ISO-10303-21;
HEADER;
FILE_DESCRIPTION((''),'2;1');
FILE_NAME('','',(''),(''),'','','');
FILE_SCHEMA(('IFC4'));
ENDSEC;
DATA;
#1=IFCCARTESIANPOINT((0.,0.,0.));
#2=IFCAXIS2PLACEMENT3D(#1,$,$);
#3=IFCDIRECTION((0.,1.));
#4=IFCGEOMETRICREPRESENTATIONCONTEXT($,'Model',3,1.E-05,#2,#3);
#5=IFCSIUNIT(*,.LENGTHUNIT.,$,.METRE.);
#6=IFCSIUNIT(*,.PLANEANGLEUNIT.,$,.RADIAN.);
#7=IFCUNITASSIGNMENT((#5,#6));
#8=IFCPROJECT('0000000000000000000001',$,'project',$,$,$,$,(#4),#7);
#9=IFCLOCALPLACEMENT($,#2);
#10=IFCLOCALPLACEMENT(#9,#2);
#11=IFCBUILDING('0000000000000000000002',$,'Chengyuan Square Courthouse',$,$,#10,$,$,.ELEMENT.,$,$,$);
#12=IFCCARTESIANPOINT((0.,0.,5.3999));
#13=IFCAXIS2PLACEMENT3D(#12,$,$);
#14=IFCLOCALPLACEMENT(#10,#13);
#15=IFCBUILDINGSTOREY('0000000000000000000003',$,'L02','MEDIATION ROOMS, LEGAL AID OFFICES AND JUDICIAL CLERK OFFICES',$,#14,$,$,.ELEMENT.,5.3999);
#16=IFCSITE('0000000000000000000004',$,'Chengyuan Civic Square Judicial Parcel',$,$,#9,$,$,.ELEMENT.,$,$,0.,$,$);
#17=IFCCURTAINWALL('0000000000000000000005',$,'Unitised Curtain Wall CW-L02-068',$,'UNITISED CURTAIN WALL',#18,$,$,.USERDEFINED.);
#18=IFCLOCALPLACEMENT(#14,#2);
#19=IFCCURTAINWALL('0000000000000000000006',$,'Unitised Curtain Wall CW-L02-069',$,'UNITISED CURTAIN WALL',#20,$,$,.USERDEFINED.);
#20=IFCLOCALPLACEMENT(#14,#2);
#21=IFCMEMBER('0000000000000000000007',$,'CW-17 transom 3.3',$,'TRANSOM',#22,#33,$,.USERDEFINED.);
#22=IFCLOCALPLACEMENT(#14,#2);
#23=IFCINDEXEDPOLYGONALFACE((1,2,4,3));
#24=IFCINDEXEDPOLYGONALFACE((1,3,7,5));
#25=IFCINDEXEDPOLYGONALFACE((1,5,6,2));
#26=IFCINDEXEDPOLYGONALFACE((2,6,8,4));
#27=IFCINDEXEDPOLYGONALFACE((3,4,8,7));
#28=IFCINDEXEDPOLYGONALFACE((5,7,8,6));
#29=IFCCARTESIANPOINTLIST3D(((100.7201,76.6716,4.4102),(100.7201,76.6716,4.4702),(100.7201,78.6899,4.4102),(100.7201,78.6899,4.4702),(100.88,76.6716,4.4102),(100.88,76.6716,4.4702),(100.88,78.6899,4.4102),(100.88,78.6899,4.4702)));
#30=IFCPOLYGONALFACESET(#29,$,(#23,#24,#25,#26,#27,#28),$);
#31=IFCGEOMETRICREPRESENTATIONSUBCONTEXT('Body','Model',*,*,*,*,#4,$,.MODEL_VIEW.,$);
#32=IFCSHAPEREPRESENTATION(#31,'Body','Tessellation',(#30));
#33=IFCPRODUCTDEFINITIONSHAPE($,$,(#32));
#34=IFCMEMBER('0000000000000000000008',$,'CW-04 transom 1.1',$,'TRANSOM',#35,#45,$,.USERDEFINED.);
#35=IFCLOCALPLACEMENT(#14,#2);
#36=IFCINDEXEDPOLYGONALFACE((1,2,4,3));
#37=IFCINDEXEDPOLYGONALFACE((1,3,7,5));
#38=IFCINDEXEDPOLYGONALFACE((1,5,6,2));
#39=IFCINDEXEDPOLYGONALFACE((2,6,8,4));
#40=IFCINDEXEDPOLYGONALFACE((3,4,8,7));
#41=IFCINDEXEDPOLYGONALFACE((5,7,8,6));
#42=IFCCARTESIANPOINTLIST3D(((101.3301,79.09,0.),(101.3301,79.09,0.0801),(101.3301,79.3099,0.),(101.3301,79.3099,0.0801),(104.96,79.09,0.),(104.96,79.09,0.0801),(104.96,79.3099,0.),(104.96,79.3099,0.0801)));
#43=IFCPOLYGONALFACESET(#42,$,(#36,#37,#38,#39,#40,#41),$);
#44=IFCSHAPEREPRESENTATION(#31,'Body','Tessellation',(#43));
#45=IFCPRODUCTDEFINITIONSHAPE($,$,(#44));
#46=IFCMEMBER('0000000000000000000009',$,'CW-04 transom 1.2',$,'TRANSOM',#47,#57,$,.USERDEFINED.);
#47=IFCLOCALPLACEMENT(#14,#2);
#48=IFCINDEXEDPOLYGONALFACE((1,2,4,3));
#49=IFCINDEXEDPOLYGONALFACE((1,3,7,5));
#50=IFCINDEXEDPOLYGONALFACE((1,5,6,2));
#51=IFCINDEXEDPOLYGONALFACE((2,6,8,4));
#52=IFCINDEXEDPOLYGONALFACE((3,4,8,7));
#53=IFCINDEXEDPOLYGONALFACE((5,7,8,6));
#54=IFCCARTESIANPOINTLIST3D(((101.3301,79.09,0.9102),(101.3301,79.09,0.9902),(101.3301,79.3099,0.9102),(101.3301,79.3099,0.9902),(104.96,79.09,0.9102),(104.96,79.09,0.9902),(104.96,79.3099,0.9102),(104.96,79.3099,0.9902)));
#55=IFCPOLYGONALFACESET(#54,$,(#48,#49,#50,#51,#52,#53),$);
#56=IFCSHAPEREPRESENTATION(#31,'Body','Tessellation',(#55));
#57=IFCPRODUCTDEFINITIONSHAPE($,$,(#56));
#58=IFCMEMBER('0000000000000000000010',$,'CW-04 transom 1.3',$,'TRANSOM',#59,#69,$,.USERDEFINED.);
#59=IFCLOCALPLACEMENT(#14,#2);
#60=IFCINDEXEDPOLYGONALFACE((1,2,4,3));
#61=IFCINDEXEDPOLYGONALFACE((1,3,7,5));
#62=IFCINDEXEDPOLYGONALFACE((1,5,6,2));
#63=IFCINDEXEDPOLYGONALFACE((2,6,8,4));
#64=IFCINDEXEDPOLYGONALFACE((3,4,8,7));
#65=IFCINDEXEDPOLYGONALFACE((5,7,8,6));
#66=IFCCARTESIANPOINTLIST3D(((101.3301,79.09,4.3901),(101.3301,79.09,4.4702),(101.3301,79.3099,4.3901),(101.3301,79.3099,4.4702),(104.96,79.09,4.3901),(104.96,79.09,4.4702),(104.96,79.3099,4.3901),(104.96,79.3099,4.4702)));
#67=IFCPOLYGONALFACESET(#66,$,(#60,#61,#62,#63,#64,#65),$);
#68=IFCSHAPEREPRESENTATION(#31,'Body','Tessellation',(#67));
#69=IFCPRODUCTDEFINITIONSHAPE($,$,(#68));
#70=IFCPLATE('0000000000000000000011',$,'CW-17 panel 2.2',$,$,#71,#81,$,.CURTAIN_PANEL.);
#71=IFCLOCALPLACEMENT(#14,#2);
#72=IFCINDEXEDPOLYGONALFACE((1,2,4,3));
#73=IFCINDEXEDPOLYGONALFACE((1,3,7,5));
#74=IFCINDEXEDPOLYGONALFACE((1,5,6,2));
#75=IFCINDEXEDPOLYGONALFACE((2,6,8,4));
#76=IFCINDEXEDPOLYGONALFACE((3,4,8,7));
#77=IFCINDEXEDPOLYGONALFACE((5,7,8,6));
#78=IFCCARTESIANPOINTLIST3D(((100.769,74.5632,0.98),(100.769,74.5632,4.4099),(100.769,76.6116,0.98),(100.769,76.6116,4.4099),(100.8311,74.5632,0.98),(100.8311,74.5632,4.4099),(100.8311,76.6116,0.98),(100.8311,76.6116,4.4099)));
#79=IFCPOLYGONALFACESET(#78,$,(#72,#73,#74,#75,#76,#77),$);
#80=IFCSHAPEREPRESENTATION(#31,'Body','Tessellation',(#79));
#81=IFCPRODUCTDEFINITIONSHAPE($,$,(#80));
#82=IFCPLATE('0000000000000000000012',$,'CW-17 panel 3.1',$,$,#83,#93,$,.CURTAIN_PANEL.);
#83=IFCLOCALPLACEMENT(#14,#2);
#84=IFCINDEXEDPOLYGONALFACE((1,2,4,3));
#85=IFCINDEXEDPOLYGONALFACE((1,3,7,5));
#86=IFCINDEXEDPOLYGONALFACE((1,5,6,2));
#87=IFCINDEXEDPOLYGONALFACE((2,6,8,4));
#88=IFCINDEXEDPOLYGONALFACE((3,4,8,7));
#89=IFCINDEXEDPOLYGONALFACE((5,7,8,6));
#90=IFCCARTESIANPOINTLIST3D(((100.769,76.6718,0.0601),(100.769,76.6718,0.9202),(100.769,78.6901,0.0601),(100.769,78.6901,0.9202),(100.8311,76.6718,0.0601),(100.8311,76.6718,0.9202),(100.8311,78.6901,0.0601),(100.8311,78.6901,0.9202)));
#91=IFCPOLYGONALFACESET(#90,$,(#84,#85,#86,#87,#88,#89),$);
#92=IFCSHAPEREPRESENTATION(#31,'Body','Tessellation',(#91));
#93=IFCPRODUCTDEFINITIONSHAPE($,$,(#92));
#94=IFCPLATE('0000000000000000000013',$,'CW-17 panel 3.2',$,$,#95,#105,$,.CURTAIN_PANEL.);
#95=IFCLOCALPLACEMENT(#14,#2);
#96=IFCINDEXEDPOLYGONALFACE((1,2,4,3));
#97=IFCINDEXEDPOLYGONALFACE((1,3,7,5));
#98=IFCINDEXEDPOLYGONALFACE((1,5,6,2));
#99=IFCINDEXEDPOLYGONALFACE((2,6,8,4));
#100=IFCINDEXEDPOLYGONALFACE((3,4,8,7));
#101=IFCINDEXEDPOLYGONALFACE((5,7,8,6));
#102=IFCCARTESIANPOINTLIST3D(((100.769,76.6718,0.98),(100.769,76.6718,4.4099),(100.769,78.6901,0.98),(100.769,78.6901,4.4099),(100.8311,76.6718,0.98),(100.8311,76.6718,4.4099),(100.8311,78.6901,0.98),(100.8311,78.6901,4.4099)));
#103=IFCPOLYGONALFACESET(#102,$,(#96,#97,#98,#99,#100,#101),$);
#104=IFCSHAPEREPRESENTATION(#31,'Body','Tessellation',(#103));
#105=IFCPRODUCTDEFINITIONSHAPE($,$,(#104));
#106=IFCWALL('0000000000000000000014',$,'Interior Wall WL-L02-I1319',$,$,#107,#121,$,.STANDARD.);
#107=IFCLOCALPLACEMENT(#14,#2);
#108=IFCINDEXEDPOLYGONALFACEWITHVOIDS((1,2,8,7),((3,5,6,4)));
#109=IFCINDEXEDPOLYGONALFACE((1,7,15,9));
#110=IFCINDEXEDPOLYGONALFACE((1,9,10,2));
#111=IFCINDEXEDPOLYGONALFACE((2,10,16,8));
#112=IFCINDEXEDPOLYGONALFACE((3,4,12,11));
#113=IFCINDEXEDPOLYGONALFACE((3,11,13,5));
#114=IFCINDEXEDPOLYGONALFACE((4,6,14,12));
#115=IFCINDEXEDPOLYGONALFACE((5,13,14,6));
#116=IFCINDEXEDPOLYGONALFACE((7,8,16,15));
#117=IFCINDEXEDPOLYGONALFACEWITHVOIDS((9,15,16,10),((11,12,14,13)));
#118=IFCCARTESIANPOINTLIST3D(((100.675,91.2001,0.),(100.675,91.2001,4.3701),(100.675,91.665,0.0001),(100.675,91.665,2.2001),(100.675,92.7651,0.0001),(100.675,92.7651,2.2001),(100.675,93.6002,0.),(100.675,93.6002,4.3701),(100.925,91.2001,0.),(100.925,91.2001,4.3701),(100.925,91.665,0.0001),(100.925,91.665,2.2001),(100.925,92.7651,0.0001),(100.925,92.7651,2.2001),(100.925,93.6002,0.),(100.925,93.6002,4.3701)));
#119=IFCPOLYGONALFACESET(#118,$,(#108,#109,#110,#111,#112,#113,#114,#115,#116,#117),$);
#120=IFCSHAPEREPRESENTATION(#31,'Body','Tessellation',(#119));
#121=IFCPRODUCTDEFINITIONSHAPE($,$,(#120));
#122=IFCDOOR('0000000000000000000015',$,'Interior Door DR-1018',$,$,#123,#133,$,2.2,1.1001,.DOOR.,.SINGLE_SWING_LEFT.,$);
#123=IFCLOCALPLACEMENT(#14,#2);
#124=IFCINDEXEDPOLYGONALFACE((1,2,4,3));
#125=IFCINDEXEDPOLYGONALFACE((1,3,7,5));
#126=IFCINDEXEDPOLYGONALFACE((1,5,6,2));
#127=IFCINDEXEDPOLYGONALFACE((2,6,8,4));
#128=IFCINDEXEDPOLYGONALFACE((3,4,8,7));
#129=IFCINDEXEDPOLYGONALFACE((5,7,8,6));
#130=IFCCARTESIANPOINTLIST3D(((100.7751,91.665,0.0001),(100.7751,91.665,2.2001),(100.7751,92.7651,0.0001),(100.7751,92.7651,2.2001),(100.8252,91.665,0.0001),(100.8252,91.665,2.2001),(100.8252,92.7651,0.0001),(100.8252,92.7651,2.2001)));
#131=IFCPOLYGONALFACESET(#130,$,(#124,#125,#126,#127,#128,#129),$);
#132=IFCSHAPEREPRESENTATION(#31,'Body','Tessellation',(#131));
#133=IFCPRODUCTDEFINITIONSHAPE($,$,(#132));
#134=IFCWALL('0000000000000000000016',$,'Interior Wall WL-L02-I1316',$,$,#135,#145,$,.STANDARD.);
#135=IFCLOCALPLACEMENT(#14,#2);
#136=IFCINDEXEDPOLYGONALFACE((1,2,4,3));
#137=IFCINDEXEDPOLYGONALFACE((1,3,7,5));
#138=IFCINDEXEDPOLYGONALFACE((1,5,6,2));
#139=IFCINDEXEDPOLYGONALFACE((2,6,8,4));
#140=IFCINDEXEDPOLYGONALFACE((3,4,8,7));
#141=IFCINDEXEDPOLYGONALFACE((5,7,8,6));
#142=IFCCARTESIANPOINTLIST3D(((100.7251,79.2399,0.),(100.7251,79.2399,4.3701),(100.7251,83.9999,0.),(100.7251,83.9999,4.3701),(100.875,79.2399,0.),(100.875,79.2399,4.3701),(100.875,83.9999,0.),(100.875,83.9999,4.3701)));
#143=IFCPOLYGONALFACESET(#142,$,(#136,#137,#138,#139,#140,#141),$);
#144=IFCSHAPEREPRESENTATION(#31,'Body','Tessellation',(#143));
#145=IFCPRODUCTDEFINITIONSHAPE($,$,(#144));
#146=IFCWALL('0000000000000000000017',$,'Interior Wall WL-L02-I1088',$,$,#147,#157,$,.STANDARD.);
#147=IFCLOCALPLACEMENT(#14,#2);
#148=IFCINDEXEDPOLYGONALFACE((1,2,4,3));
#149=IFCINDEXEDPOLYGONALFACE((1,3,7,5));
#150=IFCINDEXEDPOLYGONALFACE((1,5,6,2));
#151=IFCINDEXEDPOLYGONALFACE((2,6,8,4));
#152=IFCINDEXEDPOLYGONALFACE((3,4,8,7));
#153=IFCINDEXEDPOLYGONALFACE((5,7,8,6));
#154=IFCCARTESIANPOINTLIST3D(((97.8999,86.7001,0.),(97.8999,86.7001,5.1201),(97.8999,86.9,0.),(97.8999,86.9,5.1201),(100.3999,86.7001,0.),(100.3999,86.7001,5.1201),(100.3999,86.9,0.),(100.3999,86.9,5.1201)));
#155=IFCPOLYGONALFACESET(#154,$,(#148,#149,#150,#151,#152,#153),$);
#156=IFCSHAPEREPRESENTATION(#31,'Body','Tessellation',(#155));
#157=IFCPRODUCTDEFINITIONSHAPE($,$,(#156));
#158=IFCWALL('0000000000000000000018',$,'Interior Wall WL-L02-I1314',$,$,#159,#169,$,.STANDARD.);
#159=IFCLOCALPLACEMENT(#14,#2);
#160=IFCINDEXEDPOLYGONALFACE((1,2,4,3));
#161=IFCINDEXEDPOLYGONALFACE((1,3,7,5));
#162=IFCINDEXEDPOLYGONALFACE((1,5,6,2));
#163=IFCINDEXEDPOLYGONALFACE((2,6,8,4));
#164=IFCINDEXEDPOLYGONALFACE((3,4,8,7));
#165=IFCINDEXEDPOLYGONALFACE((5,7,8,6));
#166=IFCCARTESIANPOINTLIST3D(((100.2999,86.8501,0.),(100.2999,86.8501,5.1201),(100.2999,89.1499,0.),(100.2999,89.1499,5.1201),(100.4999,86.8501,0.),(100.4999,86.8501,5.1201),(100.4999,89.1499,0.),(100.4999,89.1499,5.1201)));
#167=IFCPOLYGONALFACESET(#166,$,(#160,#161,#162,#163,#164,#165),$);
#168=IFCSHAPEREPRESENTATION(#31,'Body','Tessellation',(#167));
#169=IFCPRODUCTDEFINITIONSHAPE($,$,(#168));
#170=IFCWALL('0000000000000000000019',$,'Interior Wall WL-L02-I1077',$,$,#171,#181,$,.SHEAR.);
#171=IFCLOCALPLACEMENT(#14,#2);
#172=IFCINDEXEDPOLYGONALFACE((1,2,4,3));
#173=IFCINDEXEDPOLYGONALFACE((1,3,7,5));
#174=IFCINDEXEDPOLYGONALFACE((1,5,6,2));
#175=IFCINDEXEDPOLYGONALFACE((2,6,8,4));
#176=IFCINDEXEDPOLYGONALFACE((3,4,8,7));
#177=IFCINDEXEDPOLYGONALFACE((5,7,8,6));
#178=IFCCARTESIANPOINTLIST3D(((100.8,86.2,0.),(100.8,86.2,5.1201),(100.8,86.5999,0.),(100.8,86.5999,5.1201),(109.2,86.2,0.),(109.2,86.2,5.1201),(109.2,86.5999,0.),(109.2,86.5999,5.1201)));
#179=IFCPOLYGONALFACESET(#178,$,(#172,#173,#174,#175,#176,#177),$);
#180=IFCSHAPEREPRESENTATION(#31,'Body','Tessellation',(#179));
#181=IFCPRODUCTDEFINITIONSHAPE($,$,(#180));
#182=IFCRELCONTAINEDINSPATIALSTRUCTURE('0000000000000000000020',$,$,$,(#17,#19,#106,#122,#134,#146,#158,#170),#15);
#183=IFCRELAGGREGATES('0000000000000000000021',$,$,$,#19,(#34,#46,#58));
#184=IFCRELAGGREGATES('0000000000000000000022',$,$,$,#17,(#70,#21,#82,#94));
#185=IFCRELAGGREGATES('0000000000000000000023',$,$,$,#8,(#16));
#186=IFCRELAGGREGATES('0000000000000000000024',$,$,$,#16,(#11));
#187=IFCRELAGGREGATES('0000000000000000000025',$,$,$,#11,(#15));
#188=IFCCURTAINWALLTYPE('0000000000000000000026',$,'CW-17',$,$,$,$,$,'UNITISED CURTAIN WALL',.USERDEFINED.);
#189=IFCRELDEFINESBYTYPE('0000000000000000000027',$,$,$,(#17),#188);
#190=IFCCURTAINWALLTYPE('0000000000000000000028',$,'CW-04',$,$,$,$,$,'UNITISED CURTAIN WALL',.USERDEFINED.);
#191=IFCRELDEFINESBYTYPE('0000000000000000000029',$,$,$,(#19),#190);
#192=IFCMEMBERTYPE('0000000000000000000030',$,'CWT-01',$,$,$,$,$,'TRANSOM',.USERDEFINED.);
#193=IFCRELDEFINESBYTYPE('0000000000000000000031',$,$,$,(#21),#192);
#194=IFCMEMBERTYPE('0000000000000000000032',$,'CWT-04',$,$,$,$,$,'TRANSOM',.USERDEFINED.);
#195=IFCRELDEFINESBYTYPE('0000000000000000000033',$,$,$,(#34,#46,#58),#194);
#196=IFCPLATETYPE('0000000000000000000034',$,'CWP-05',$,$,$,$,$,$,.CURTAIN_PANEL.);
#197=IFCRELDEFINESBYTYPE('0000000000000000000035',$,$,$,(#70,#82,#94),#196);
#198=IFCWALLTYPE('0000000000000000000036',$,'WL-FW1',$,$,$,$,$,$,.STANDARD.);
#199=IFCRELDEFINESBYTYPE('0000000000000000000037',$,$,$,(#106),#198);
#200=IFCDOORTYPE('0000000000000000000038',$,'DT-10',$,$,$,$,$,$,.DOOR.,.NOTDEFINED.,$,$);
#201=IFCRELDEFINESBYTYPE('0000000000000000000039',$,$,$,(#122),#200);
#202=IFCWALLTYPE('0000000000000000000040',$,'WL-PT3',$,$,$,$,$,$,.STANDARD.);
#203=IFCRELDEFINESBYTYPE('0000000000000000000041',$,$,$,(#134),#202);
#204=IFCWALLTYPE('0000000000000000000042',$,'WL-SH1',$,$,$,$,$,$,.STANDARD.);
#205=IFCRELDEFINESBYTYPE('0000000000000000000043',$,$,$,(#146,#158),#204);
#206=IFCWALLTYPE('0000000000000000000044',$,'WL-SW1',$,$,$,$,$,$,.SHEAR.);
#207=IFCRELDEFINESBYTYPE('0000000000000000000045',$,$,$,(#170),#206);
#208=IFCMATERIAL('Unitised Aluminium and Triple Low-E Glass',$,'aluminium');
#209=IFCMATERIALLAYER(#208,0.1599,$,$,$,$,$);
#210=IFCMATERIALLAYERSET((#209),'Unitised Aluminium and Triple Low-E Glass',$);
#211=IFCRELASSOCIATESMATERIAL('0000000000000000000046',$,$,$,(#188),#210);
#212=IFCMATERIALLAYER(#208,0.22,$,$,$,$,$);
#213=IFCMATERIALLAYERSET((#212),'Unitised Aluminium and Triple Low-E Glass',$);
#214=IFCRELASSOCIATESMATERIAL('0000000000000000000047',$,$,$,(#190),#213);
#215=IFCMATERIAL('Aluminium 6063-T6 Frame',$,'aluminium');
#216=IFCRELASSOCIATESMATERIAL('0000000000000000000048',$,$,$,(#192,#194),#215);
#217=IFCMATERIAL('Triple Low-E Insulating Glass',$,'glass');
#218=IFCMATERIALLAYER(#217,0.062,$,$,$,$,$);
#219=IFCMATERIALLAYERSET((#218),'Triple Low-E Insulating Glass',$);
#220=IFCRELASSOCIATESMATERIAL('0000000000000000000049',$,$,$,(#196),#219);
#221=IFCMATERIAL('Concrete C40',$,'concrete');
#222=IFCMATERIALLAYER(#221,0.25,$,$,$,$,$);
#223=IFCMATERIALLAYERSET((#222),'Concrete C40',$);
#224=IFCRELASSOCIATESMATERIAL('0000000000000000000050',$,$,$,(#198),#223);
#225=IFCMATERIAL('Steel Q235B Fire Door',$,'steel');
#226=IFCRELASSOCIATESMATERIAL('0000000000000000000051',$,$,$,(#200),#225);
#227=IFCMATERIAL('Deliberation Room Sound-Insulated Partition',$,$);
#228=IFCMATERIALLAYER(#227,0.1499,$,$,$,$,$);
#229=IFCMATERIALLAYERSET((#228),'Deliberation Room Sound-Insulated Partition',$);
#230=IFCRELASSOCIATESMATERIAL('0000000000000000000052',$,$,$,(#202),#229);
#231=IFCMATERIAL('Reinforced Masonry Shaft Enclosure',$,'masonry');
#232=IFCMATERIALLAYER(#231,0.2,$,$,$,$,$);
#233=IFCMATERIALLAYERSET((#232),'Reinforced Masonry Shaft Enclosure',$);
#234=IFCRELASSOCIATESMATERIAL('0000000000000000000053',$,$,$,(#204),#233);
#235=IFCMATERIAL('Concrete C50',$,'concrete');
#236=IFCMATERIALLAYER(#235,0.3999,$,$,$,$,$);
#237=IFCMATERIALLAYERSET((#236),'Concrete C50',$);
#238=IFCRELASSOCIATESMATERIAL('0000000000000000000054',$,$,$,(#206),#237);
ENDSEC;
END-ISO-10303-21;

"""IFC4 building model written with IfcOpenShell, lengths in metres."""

from ifc_helpers import new_model, si_unit, direction, frame, frame_2d, origin, origin_2d, place, context, subcontext, project, spatial, rectangle, extrude, material, layer, layer_set, material_profile, profile_set, type_object, element, fill, aggregate, save


model = new_model("IFC4")

# Units and contexts
model_context = context("Model", 3, precision=1e-05, world=origin(), true_north=direction((0.0, 1.0)))
body_context = subcontext(model_context, "Body", "Model", "MODEL_VIEW")
ifc_project = project(units=[si_unit("LENGTHUNIT", "METRE"), si_unit("PLANEANGLEUNIT", "RADIAN")], contexts=[model_context])

# Site, building, storey
site_placement = place(None, origin())
site = spatial("IfcSite", under=ifc_project, at=site_placement, Name="Chengyuan Civic Square Judicial Parcel", CompositionType="ELEMENT", RefElevation=0.0)
building_placement = place(site_placement, origin())
building = spatial("IfcBuilding", under=site, at=building_placement, Name="Chengyuan Square Courthouse", CompositionType="ELEMENT")
storey_placement = place(building_placement, frame((0.0, 0.0, 5.3999)))
storey = spatial("IfcBuildingStorey", under=building, at=storey_placement, Name="L02", Description="MEDIATION ROOMS, LEGAL AID OFFICES AND JUDICIAL CLERK OFFICES", CompositionType="ELEMENT", Elevation=5.3999)

# Shared definitions
ifc_material_1 = material(Name="Concrete C50", Category="concrete")

# Shared definitions
ifc_material_2 = material(Name="Concrete C40", Category="concrete")

# Curtain wall
ifc_material_3 = material(Name="Unitised Aluminium and Triple Low-E Glass", Category="aluminium")
ifc_layer_1 = layer(ifc_material_3, 0.1599)
ifc_layer_set_1 = layer_set([ifc_layer_1], Name="Unitised Aluminium and Triple Low-E Glass")
curtain_wall_type_1 = type_object("IfcCurtainWallType", Name="CW-17", ElementType="UNITISED CURTAIN WALL", PredefinedType="USERDEFINED", material=ifc_layer_set_1)
curtain_wall_1_placement = place(storey_placement, origin())
curtain_wall_1 = element("IfcCurtainWall", 1, at=curtain_wall_1_placement, inside=storey, type_object=curtain_wall_type_1, Name="Unitised Curtain Wall CW-L02-068", ObjectType="UNITISED CURTAIN WALL", PredefinedType="USERDEFINED")
ifc_material_4 = material(Name="Aluminium 6063-T6 Frame", Category="aluminium")

# Curtain wall
ifc_layer_2 = layer(ifc_material_3, 0.22)
ifc_layer_set_2 = layer_set([ifc_layer_2], Name="Unitised Aluminium and Triple Low-E Glass")
curtain_wall_type_2 = type_object("IfcCurtainWallType", Name="CW-04", ElementType="UNITISED CURTAIN WALL", PredefinedType="USERDEFINED", material=ifc_layer_set_2)
curtain_wall_2_placement = place(storey_placement, origin())
curtain_wall_2 = element("IfcCurtainWall", 2, at=curtain_wall_2_placement, inside=storey, type_object=curtain_wall_type_2, Name="Unitised Curtain Wall CW-L02-069", ObjectType="UNITISED CURTAIN WALL", PredefinedType="USERDEFINED")

# Members
ifc_material_profile_1 = material_profile(ifc_material_4, rectangle(XDim=0.1599, YDim=0.0601, at=origin_2d()), Name="CW-TRN-60x120")
ifc_profile_set_1 = profile_set([ifc_material_profile_1], Name="Aluminium 6063-T6 Frame")
member_type_1 = type_object("IfcMemberType", Name="CWT-01", ElementType="TRANSOM", PredefinedType="USERDEFINED", material=ifc_profile_set_1)
member_1_placement = place(storey_placement, frame((100.8, 76.6716, 4.4402), z_axis=(0.0, 1.0, 0.0), x_axis=(-1.0, 0.0, 0.0)))
member_1 = element("IfcMember", 3, at=member_1_placement, type_object=member_type_1, Name="CW-17 transom 3.3", ObjectType="TRANSOM", PredefinedType="USERDEFINED", context=body_context, shape_type="SweptSolid", body=[
    extrude(rectangle(XDim=0.1599, YDim=0.0601, at=origin_2d()), origin(), (0.0, 0.0, 1.0), 2.0183),
])
ifc_material_profile_2 = material_profile(ifc_material_4, rectangle(XDim=0.22, YDim=0.0801, at=origin_2d()), Name="CW-TRN-80x180")
ifc_profile_set_2 = profile_set([ifc_material_profile_2], Name="Aluminium 6063-T6 Frame")
member_type_2 = type_object("IfcMemberType", Name="CWT-04", ElementType="TRANSOM", PredefinedType="USERDEFINED", material=ifc_profile_set_2)
member_2_placement = place(storey_placement, frame((101.3301, 79.2, 0.04), z_axis=(1.0, 0.0, 0.0), x_axis=(0.0, 1.0, 0.0)))
member_2 = element("IfcMember", 4, at=member_2_placement, type_object=member_type_2, Name="CW-04 transom 1.1", ObjectType="TRANSOM", PredefinedType="USERDEFINED", context=body_context, shape_type="SweptSolid", body=[
    extrude(rectangle(XDim=0.22, YDim=0.0801, at=origin_2d()), origin(), (0.0, 0.0, 1.0), 3.6299),
])
member_3_placement = place(storey_placement, frame((101.3301, 79.2, 0.9502), z_axis=(1.0, 0.0, 0.0), x_axis=(0.0, 1.0, 0.0)))
member_3 = element("IfcMember", 5, at=member_3_placement, type_object=member_type_2, Name="CW-04 transom 1.2", ObjectType="TRANSOM", PredefinedType="USERDEFINED", context=body_context, shape_type="SweptSolid", body=[
    extrude(rectangle(XDim=0.22, YDim=0.0801, at=origin_2d()), origin(), (0.0, 0.0, 1.0), 3.6299),
])
member_4_placement = place(storey_placement, frame((101.3301, 79.2, 4.4302), z_axis=(1.0, 0.0, 0.0), x_axis=(0.0, 1.0, 0.0)))
member_4 = element("IfcMember", 6, at=member_4_placement, type_object=member_type_2, Name="CW-04 transom 1.3", ObjectType="TRANSOM", PredefinedType="USERDEFINED", context=body_context, shape_type="SweptSolid", body=[
    extrude(rectangle(XDim=0.22, YDim=0.0801, at=origin_2d()), origin(), (0.0, 0.0, 1.0), 3.6299),
])
aggregate(curtain_wall_2, [member_2, member_3, member_4])

# Plates
ifc_material_5 = material(Name="Triple Low-E Insulating Glass", Category="glass")
ifc_layer_3 = layer(ifc_material_5, 0.062)
ifc_layer_set_3 = layer_set([ifc_layer_3], Name="Triple Low-E Insulating Glass")
plate_type = type_object("IfcPlateType", Name="CWP-05", PredefinedType="CURTAIN_PANEL", material=ifc_layer_set_3)
plate_1_placement = place(storey_placement, frame((100.8, 75.5874, 0.98), z_axis=(0.0, 0.0, 1.0), x_axis=(0.0, 1.0, 0.0)))
plate_1 = element("IfcPlate", 7, at=plate_1_placement, type_object=plate_type, Name="CW-17 panel 2.2", PredefinedType="CURTAIN_PANEL", context=body_context, shape_type="SweptSolid", body=[
    extrude(rectangle(XDim=2.0483, YDim=0.062, at=origin_2d()), origin(), (0.0, 0.0, 1.0), 3.4299),
])
plate_2_placement = place(storey_placement, frame((100.8, 77.6809, 0.0601), z_axis=(0.0, 0.0, 1.0), x_axis=(0.0, 1.0, 0.0)))
plate_2 = element("IfcPlate", 8, at=plate_2_placement, type_object=plate_type, Name="CW-17 panel 3.1", PredefinedType="CURTAIN_PANEL", context=body_context, shape_type="SweptSolid", body=[
    extrude(rectangle(XDim=2.0183, YDim=0.062, at=origin_2d()), origin(), (0.0, 0.0, 1.0), 0.8601),
])
plate_3_placement = place(storey_placement, frame((100.8, 77.6809, 0.98), z_axis=(0.0, 0.0, 1.0), x_axis=(0.0, 1.0, 0.0)))
plate_3 = element("IfcPlate", 9, at=plate_3_placement, type_object=plate_type, Name="CW-17 panel 3.2", PredefinedType="CURTAIN_PANEL", context=body_context, shape_type="SweptSolid", body=[
    extrude(rectangle(XDim=2.0183, YDim=0.062, at=origin_2d()), origin(), (0.0, 0.0, 1.0), 3.4299),
])
aggregate(curtain_wall_1, [plate_1, member_1, plate_2, plate_3])

# Wall, opening, door
ifc_layer_4 = layer(ifc_material_2, 0.25)
ifc_layer_set_4 = layer_set([ifc_layer_4], Name="Concrete C40")
wall_type_1 = type_object("IfcWallType", Name="WL-FW1", PredefinedType="STANDARD", material=ifc_layer_set_4)
wall_1_placement = place(storey_placement, frame((100.8, 91.2, 0.0), z_axis=(0.0, 0.0, 1.0), x_axis=(0.0, 1.0, 0.0)))
wall_1 = element("IfcWall", 10, at=wall_1_placement, inside=storey, type_object=wall_type_1, Name="Interior Wall WL-L02-I1319", PredefinedType="STANDARD", context=body_context, shape_type="SweptSolid", body=[
    extrude(rectangle(XDim=2.4001, YDim=0.25, at=frame_2d((1.2002, 0.0))), origin(), (0.0, 0.0, 1.0), 4.3701),
])
opening_1_placement = place(wall_1_placement, frame((0.4651, 0.0, 0.0)))
opening_1 = element("IfcOpeningElement", 11, at=opening_1_placement, cuts=wall_1, PredefinedType="OPENING", context=body_context, shape_type="SweptSolid", body=[
    extrude(rectangle(XDim=1.1001, YDim=2.2, at=frame_2d((0.55, 1.1001))), frame((0.0, 0.137, 0.0), z_axis=(0.0, -1.0, 0.0), x_axis=(1.0, 0.0, 0.0)), (0.0, 0.0, 1.0), 0.2739),
])
ifc_material_6 = material(Name="Steel Q235B Fire Door", Category="steel")
door_type = type_object("IfcDoorType", Name="DT-10", OperationType="NOTDEFINED", PredefinedType="DOOR", material=ifc_material_6)
door_1_placement = place(opening_1_placement, origin())
door_1 = element("IfcDoor", 12, at=door_1_placement, inside=storey, type_object=door_type, Name="Interior Door DR-1018", OperationType="SINGLE_SWING_LEFT", OverallHeight=2.2, OverallWidth=1.1001, PredefinedType="DOOR", context=body_context, shape_type="SweptSolid", body=[
    extrude(rectangle(XDim=1.1001, YDim=2.2, at=frame_2d((0.55, 1.1001))), frame((0.0, 0.0249, 0.0), z_axis=(0.0, -1.0, 0.0), x_axis=(1.0, 0.0, 0.0)), (0.0, 0.0, 1.0), 0.05),
])
fill(opening_1, door_1)

# Walls
ifc_material_7 = material(Name="Deliberation Room Sound-Insulated Partition")
ifc_layer_5 = layer(ifc_material_7, 0.1499)
ifc_layer_set_5 = layer_set([ifc_layer_5], Name="Deliberation Room Sound-Insulated Partition")
wall_type_2 = type_object("IfcWallType", Name="WL-PT3", PredefinedType="STANDARD", material=ifc_layer_set_5)
wall_2_placement = place(storey_placement, frame((100.8, 79.24, 0.0), z_axis=(0.0, 0.0, 1.0), x_axis=(0.0, 1.0, 0.0)))
element("IfcWall", 13, at=wall_2_placement, inside=storey, type_object=wall_type_2, Name="Interior Wall WL-L02-I1316", PredefinedType="STANDARD", context=body_context, shape_type="SweptSolid", body=[
    extrude(rectangle(XDim=4.76, YDim=0.1499, at=frame_2d((2.3799, 0.0))), origin(), (0.0, 0.0, 1.0), 4.3701),
])
ifc_material_8 = material(Name="Reinforced Masonry Shaft Enclosure", Category="masonry")
ifc_layer_6 = layer(ifc_material_8, 0.2)
ifc_layer_set_6 = layer_set([ifc_layer_6], Name="Reinforced Masonry Shaft Enclosure")
wall_type_3 = type_object("IfcWallType", Name="WL-SH1", PredefinedType="STANDARD", material=ifc_layer_set_6)
wall_3_placement = place(storey_placement, frame((97.8999, 86.8, 0.0), z_axis=(0.0, 0.0, 1.0), x_axis=(1.0, 0.0, 0.0)))
element("IfcWall", 14, at=wall_3_placement, inside=storey, type_object=wall_type_3, Name="Interior Wall WL-L02-I1088", PredefinedType="STANDARD", context=body_context, shape_type="SweptSolid", body=[
    extrude(rectangle(XDim=2.5, YDim=0.2, at=frame_2d((1.25, 0.0))), origin(), (0.0, 0.0, 1.0), 5.1201),
])
wall_4_placement = place(storey_placement, frame((100.3999, 86.8501, 0.0), z_axis=(0.0, 0.0, 1.0), x_axis=(0.0, 1.0, 0.0)))
element("IfcWall", 15, at=wall_4_placement, inside=storey, type_object=wall_type_3, Name="Interior Wall WL-L02-I1314", PredefinedType="STANDARD", context=body_context, shape_type="SweptSolid", body=[
    extrude(rectangle(XDim=2.2998, YDim=0.2, at=frame_2d((1.1499, 0.0))), origin(), (0.0, 0.0, 1.0), 5.1201),
])
ifc_layer_7 = layer(ifc_material_1, 0.3999)
ifc_layer_set_7 = layer_set([ifc_layer_7], Name="Concrete C50")
wall_type_4 = type_object("IfcWallType", Name="WL-SW1", PredefinedType="SHEAR", material=ifc_layer_set_7)
wall_5_placement = place(storey_placement, frame((100.8, 86.3999, 0.0), z_axis=(0.0, 0.0, 1.0), x_axis=(1.0, 0.0, 0.0)))
element("IfcWall", 16, at=wall_5_placement, inside=storey, type_object=wall_type_4, Name="Interior Wall WL-L02-I1077", PredefinedType="SHEAR", context=body_context, shape_type="SweptSolid", body=[
    extrude(rectangle(XDim=8.3999, YDim=0.3999, at=frame_2d((4.2, 0.0))), origin(), (0.0, 0.0, 1.0), 5.1201),
])

save(model, "model.ifc")
